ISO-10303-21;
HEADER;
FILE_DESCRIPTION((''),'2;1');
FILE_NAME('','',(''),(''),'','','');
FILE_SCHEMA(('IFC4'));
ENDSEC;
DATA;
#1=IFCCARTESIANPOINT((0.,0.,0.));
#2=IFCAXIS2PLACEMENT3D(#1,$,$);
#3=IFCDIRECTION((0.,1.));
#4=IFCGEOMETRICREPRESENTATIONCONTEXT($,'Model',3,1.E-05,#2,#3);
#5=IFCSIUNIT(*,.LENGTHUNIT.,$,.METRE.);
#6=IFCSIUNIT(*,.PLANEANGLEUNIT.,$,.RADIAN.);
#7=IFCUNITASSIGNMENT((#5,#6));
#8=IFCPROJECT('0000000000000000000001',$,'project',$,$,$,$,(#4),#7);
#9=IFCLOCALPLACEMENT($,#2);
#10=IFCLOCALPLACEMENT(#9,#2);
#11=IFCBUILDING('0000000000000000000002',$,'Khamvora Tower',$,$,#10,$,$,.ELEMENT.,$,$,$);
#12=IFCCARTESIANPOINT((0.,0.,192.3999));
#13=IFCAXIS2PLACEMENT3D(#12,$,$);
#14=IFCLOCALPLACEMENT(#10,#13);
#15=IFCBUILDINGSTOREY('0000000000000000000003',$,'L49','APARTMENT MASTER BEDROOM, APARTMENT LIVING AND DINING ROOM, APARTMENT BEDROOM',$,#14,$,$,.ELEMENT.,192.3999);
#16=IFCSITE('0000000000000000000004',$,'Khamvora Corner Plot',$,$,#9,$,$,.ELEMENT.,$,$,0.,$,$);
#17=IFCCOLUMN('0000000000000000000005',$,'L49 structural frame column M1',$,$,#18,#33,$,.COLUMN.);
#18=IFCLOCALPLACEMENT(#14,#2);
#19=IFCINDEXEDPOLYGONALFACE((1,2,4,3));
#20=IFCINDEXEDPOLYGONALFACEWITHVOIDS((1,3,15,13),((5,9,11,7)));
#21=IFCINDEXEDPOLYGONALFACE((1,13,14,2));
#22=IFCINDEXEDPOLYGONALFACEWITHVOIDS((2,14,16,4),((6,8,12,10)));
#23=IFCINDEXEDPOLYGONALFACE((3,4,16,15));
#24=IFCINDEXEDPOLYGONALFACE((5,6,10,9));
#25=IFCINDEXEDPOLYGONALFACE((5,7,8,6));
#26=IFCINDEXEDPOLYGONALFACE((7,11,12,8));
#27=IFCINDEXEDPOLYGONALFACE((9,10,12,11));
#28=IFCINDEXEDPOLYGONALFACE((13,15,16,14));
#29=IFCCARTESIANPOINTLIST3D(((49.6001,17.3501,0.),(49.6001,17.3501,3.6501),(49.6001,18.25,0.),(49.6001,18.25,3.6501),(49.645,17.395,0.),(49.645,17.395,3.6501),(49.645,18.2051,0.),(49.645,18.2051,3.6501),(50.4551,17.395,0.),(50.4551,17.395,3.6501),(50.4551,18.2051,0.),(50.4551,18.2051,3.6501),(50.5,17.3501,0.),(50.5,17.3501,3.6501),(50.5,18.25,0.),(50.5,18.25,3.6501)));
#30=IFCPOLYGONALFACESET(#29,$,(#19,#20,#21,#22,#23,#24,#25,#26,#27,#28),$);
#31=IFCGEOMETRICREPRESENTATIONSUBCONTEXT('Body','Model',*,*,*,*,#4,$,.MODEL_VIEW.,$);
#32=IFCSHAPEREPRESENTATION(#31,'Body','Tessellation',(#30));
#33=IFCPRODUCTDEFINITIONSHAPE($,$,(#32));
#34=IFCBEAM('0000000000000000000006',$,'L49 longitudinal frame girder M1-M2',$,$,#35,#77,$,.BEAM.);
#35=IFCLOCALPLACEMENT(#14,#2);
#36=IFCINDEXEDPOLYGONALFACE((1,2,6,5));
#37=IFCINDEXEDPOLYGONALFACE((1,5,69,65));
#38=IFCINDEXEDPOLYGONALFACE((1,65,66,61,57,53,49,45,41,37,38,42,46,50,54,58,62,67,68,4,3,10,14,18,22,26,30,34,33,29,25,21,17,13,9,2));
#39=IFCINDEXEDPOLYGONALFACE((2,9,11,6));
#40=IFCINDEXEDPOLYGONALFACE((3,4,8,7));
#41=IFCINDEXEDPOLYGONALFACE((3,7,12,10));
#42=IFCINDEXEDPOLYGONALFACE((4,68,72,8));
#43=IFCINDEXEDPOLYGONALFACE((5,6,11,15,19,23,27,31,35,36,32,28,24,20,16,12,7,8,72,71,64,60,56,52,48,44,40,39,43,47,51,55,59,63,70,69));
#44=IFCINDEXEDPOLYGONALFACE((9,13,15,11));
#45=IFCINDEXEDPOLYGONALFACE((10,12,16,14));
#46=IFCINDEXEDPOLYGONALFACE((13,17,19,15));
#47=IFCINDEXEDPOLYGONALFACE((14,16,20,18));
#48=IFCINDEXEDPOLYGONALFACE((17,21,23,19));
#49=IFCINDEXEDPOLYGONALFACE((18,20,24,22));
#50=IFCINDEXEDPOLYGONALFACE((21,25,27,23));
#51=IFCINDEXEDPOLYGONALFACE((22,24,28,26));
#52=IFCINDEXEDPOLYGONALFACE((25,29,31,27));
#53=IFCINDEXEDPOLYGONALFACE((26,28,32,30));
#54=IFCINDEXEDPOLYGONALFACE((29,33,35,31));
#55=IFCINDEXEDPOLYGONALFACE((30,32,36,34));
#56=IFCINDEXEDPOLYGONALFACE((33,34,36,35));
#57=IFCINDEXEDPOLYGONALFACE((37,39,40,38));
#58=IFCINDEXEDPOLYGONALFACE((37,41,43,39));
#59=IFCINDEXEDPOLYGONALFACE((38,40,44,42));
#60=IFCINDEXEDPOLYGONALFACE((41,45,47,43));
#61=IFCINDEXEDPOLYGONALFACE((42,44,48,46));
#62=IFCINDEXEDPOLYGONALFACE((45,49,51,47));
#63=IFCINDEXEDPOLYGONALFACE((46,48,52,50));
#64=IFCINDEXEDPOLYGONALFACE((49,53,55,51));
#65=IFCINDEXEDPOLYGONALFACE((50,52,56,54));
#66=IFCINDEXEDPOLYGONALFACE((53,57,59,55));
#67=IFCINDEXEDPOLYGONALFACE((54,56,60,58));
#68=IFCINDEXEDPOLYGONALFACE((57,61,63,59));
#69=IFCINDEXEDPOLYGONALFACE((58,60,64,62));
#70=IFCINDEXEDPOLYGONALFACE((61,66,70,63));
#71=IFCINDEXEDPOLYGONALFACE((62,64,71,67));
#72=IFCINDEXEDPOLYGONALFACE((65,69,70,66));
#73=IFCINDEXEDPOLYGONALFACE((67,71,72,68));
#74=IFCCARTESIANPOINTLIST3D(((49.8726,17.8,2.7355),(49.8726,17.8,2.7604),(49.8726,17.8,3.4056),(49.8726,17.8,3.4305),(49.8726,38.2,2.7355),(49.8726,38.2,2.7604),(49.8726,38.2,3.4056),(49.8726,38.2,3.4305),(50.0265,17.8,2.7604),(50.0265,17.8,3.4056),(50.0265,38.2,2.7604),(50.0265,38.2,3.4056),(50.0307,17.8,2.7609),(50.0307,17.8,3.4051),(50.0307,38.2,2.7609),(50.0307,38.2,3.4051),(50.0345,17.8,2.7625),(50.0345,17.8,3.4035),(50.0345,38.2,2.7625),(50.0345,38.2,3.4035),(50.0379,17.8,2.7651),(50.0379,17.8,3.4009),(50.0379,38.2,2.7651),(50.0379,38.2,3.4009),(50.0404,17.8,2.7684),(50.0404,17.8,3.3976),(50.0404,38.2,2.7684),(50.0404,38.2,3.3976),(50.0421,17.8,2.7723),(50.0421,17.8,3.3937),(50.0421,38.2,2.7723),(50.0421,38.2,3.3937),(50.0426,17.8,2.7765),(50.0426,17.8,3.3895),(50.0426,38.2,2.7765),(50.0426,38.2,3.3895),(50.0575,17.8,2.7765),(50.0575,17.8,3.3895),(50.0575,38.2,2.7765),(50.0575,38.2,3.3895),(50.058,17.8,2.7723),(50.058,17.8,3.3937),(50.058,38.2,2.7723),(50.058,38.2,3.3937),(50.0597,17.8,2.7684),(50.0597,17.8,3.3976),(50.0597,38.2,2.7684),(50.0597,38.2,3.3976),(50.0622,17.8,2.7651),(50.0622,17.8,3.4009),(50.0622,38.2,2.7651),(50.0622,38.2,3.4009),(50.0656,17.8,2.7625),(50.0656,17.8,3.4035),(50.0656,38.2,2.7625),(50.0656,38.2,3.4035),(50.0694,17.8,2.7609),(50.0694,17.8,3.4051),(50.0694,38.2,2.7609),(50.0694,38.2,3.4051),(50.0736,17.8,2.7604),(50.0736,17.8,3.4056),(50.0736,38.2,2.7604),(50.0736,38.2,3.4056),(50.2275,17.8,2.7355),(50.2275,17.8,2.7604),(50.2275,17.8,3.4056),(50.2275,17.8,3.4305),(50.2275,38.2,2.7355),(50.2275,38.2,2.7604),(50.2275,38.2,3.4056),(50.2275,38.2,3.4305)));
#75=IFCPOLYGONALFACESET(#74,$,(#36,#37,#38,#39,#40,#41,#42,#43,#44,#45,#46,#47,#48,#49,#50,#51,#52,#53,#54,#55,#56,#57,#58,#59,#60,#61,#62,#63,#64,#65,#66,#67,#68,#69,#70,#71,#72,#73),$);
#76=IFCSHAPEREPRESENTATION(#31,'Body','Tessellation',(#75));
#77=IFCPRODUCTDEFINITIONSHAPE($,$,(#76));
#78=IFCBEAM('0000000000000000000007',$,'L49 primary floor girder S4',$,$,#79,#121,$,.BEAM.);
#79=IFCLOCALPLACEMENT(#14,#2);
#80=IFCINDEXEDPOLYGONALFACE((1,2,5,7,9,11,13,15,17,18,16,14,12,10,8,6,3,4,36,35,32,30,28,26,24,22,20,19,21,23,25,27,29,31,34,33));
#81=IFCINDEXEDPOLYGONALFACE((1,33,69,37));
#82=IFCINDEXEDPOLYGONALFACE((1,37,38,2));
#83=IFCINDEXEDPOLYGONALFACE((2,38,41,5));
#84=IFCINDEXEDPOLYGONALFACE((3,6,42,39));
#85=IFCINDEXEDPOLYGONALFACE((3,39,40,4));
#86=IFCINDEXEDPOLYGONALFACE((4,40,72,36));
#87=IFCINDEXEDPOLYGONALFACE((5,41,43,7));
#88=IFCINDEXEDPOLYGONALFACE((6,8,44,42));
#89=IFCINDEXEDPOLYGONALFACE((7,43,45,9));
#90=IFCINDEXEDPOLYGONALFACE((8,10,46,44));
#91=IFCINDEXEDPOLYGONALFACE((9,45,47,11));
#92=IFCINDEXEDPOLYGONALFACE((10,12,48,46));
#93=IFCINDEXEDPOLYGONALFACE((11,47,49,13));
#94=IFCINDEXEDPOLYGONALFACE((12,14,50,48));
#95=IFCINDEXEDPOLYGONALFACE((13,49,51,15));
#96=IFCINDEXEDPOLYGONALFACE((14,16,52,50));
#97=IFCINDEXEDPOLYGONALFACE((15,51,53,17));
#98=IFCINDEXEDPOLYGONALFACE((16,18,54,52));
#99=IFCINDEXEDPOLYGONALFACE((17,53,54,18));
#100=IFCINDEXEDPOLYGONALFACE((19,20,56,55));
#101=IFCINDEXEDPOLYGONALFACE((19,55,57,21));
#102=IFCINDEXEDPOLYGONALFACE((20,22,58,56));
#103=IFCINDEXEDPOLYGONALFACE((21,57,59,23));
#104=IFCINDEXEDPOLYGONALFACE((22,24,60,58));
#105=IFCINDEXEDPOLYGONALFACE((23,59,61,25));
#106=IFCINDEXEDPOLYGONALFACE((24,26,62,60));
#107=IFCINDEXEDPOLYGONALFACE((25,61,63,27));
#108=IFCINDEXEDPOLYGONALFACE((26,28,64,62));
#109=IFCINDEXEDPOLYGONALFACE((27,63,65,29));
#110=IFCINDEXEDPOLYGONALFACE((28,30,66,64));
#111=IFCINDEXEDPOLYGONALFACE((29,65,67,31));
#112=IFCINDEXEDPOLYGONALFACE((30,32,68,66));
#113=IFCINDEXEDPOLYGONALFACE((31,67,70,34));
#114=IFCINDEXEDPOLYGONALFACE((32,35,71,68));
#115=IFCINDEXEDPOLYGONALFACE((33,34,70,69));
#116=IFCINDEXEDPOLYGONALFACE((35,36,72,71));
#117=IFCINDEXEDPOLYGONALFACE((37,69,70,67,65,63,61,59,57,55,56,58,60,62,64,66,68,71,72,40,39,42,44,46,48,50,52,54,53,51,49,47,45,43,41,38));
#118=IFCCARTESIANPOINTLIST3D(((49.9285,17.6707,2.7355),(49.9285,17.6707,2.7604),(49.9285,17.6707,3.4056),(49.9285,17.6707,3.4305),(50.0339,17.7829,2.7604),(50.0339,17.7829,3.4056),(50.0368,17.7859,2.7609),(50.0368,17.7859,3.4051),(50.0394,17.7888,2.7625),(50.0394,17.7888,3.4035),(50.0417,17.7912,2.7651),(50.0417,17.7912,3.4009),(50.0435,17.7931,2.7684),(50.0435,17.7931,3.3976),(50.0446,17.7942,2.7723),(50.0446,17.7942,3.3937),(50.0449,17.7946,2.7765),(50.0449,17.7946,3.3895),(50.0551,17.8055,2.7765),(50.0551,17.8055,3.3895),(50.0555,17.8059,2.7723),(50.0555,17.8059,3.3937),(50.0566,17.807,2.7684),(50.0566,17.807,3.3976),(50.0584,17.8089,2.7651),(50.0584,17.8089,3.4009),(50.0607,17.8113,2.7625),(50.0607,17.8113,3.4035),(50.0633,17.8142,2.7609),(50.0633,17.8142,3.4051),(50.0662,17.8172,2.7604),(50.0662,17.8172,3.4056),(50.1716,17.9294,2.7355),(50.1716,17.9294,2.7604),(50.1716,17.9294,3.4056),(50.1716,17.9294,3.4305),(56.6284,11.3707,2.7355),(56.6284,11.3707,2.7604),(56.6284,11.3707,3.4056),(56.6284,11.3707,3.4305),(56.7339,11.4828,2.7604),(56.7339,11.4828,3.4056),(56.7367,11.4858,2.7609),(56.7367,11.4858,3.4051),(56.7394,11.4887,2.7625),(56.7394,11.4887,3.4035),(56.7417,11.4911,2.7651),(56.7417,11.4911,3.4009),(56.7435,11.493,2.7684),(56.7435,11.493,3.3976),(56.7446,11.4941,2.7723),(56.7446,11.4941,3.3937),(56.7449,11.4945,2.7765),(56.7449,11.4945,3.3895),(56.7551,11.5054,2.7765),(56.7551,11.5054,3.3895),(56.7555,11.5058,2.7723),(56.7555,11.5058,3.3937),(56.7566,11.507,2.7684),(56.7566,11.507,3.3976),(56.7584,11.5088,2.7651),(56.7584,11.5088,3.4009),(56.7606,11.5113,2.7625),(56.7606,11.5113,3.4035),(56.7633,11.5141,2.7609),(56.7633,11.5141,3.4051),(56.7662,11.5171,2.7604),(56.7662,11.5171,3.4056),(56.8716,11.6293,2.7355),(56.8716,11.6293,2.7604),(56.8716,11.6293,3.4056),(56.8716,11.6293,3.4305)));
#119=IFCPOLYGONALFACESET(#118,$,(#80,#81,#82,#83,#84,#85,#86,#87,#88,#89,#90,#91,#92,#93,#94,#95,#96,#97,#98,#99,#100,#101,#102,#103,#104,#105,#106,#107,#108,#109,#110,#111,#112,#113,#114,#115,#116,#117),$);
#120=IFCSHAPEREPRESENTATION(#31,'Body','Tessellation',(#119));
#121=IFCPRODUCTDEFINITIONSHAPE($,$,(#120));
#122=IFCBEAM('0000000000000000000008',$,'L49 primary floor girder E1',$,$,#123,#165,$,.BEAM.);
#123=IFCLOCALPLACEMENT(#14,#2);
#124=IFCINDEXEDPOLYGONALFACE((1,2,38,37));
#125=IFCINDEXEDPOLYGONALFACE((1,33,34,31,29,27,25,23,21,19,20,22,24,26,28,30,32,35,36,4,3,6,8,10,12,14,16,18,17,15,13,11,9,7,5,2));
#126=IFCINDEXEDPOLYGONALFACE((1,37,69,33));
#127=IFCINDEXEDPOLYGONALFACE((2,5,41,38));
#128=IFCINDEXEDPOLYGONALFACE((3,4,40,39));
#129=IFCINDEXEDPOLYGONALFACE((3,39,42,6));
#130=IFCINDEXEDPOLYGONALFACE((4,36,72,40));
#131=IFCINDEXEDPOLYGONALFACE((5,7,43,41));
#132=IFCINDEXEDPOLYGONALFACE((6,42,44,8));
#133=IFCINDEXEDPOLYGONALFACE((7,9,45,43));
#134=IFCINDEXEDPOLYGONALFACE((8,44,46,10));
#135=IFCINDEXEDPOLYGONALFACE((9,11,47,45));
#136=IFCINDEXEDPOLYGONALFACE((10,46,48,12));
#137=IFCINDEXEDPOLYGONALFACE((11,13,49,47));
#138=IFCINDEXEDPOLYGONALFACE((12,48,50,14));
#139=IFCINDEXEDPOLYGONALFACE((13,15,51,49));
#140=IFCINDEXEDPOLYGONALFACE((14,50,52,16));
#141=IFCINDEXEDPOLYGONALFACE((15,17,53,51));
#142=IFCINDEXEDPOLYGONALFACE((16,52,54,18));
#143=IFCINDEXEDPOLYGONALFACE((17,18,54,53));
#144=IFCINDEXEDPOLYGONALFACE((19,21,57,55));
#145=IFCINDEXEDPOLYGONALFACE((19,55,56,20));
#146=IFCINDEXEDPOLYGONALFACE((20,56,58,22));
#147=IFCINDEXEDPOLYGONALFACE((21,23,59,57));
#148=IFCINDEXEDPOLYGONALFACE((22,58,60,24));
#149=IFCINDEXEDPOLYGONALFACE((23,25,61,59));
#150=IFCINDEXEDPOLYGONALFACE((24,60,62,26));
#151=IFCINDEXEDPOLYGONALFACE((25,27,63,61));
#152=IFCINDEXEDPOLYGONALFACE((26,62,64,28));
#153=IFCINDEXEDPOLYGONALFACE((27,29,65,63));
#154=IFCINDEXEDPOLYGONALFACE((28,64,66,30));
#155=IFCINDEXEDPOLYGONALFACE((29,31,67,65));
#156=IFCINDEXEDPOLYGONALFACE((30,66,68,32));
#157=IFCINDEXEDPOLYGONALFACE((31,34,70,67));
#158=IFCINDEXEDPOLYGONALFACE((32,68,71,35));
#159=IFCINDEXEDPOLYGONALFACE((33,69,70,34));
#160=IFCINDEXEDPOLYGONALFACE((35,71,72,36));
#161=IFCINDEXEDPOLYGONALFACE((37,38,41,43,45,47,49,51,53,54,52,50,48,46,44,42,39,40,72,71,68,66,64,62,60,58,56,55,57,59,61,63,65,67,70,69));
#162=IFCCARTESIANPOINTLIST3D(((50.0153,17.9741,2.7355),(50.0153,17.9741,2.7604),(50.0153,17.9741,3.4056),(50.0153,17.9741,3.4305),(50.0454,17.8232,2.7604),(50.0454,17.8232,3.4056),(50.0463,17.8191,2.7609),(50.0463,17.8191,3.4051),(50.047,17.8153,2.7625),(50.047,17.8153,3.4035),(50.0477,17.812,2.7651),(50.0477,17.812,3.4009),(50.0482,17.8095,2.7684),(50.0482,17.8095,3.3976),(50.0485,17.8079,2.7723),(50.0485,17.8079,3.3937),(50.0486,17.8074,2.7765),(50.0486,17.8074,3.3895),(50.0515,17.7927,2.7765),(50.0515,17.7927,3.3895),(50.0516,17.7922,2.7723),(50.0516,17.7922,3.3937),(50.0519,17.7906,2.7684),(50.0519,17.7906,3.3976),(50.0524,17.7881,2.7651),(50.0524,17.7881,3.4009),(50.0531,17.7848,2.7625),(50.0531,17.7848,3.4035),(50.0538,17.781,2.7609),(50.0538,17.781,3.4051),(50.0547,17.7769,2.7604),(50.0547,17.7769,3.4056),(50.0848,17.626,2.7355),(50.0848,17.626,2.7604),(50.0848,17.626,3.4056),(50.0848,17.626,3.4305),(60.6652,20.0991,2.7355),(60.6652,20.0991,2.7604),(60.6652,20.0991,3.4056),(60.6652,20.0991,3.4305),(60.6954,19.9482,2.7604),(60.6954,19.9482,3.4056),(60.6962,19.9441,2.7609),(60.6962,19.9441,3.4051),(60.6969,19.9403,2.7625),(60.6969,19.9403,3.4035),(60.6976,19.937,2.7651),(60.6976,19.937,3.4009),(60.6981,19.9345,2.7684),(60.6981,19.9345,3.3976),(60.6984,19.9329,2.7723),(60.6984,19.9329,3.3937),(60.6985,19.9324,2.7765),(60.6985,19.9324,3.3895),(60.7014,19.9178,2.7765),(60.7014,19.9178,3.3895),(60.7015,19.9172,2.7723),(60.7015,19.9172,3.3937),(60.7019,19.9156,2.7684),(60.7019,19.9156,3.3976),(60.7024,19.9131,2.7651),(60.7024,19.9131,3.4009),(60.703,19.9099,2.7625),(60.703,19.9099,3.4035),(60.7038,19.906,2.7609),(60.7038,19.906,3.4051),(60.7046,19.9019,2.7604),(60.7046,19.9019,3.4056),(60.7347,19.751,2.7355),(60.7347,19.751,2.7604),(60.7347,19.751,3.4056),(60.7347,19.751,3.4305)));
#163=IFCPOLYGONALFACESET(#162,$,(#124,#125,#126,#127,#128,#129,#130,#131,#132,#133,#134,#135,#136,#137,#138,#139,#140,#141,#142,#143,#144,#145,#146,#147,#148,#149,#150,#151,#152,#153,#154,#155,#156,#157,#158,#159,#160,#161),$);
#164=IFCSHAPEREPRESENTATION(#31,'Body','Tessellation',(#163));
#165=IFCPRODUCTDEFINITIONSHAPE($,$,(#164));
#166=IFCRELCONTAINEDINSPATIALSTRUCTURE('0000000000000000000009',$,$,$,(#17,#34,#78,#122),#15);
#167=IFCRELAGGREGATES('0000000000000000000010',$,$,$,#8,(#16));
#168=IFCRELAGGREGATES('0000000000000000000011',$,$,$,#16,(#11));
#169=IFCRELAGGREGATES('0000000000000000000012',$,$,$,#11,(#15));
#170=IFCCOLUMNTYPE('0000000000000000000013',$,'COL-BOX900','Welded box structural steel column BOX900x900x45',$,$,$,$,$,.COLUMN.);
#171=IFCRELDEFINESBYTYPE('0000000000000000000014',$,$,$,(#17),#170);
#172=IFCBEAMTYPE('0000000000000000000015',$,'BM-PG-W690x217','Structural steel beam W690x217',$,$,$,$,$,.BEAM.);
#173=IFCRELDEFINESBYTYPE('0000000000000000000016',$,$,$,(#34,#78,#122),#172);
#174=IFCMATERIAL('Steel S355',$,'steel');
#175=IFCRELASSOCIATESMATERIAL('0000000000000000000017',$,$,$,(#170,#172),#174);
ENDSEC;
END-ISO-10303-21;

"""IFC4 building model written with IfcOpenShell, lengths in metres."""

from ifc_helpers import new_model, si_unit, direction, frame, origin, origin_2d, place, context, subcontext, project, spatial, hollow_rectangle, i_section, extrude, material, material_profile, profile_set, type_object, element, save


model = new_model("IFC4")

# Units and contexts
model_context = context("Model", 3, precision=1e-05, world=origin(), true_north=direction((0.0, 1.0)))
body_context = subcontext(model_context, "Body", "Model", "MODEL_VIEW")
ifc_project = project(units=[si_unit("LENGTHUNIT", "METRE"), si_unit("PLANEANGLEUNIT", "RADIAN")], contexts=[model_context])

# Site, building, storey
site_placement = place(None, origin())
site = spatial("IfcSite", under=ifc_project, at=site_placement, Name="Khamvora Corner Plot", CompositionType="ELEMENT", RefElevation=0.0)
building_placement = place(site_placement, origin())
building = spatial("IfcBuilding", under=site, at=building_placement, Name="Khamvora Tower", CompositionType="ELEMENT")
storey_placement = place(building_placement, frame((0.0, 0.0, 192.3999)))
storey = spatial("IfcBuildingStorey", under=building, at=storey_placement, Name="L49", Description="APARTMENT MASTER BEDROOM, APARTMENT LIVING AND DINING ROOM, APARTMENT BEDROOM", CompositionType="ELEMENT", Elevation=192.3999)

# Column
ifc_material_1 = material(Name="Steel S355", Category="steel")
ifc_material_profile_1 = material_profile(ifc_material_1, hollow_rectangle(XDim=0.8999, YDim=0.8999, WallThickness=0.0449, at=origin_2d()), Name="BOX900x900x45")
ifc_profile_set_1 = profile_set([ifc_material_profile_1], Name="Steel S355")
column_type = type_object("IfcColumnType", Name="COL-BOX900", Description="Welded box structural steel column BOX900x900x45", PredefinedType="COLUMN", material=ifc_profile_set_1)
column_placement = place(storey_placement, frame((50.05, 17.8, 0.0), z_axis=(0.0, 0.0, 1.0), x_axis=(1.0, 0.0, 0.0)))
element("IfcColumn", 1, at=column_placement, inside=storey, type_object=column_type, Name="L49 structural frame column M1", PredefinedType="COLUMN", context=body_context, shape_type="SweptSolid", body=[
    extrude(hollow_rectangle(XDim=0.8999, YDim=0.8999, WallThickness=0.0449, at=origin_2d()), origin(), (0.0, 0.0, 1.0), 3.6501),
])

# Beams
ifc_material_profile_2 = material_profile(ifc_material_1, i_section(OverallWidth=0.355, OverallDepth=0.6951, WebThickness=0.0149, FlangeThickness=0.0249, FilletRadius=0.0161, at=origin_2d()), Name="W690x217")
ifc_profile_set_2 = profile_set([ifc_material_profile_2], Name="Steel S355")
beam_type_1 = type_object("IfcBeamType", Name="BM-PG-W690x217", Description="Structural steel beam W690x217", PredefinedType="BEAM", material=ifc_profile_set_2)
beam_1_placement = place(storey_placement, frame((50.05, 17.8, 3.083), z_axis=(0.0, 1.0, 0.0), x_axis=(-1.0, 0.0, 0.0)))
element("IfcBeam", 2, at=beam_1_placement, inside=storey, type_object=beam_type_1, Name="L49 longitudinal frame girder M1-M2", PredefinedType="BEAM", context=body_context, shape_type="SweptSolid", body=[
    extrude(i_section(OverallWidth=0.355, OverallDepth=0.6951, WebThickness=0.0149, FlangeThickness=0.0249, FilletRadius=0.0161, at=origin_2d()), origin(), (0.0, 0.0, 1.0), 20.3999),
])
beam_2_placement = place(storey_placement, frame((50.05, 17.8, 3.083), z_axis=(0.728514, -0.685031, 0.0), x_axis=(0.685031, 0.728514, 0.0)))
element("IfcBeam", 3, at=beam_2_placement, inside=storey, type_object=beam_type_1, Name="L49 primary floor girder S4", PredefinedType="BEAM", context=body_context, shape_type="SweptSolid", body=[
    extrude(i_section(OverallWidth=0.355, OverallDepth=0.6951, WebThickness=0.0149, FlangeThickness=0.0249, FilletRadius=0.0161, at=origin_2d()), origin(), (0.0, 0.0, 1.0), 9.1968),
])
beam_3_placement = place(storey_placement, frame((50.05, 17.8, 3.083), z_axis=(0.980669, 0.195675, 0.0), x_axis=(-0.195675, 0.980669, 0.0)))
element("IfcBeam", 4, at=beam_3_placement, inside=storey, type_object=beam_type_1, Name="L49 primary floor girder E1", PredefinedType="BEAM", context=body_context, shape_type="SweptSolid", body=[
    extrude(i_section(OverallWidth=0.355, OverallDepth=0.6951, WebThickness=0.0149, FlangeThickness=0.0249, FilletRadius=0.0161, at=origin_2d()), origin(), (0.0, 0.0, 1.0), 10.8599),
])

save(model, "model.ifc")
